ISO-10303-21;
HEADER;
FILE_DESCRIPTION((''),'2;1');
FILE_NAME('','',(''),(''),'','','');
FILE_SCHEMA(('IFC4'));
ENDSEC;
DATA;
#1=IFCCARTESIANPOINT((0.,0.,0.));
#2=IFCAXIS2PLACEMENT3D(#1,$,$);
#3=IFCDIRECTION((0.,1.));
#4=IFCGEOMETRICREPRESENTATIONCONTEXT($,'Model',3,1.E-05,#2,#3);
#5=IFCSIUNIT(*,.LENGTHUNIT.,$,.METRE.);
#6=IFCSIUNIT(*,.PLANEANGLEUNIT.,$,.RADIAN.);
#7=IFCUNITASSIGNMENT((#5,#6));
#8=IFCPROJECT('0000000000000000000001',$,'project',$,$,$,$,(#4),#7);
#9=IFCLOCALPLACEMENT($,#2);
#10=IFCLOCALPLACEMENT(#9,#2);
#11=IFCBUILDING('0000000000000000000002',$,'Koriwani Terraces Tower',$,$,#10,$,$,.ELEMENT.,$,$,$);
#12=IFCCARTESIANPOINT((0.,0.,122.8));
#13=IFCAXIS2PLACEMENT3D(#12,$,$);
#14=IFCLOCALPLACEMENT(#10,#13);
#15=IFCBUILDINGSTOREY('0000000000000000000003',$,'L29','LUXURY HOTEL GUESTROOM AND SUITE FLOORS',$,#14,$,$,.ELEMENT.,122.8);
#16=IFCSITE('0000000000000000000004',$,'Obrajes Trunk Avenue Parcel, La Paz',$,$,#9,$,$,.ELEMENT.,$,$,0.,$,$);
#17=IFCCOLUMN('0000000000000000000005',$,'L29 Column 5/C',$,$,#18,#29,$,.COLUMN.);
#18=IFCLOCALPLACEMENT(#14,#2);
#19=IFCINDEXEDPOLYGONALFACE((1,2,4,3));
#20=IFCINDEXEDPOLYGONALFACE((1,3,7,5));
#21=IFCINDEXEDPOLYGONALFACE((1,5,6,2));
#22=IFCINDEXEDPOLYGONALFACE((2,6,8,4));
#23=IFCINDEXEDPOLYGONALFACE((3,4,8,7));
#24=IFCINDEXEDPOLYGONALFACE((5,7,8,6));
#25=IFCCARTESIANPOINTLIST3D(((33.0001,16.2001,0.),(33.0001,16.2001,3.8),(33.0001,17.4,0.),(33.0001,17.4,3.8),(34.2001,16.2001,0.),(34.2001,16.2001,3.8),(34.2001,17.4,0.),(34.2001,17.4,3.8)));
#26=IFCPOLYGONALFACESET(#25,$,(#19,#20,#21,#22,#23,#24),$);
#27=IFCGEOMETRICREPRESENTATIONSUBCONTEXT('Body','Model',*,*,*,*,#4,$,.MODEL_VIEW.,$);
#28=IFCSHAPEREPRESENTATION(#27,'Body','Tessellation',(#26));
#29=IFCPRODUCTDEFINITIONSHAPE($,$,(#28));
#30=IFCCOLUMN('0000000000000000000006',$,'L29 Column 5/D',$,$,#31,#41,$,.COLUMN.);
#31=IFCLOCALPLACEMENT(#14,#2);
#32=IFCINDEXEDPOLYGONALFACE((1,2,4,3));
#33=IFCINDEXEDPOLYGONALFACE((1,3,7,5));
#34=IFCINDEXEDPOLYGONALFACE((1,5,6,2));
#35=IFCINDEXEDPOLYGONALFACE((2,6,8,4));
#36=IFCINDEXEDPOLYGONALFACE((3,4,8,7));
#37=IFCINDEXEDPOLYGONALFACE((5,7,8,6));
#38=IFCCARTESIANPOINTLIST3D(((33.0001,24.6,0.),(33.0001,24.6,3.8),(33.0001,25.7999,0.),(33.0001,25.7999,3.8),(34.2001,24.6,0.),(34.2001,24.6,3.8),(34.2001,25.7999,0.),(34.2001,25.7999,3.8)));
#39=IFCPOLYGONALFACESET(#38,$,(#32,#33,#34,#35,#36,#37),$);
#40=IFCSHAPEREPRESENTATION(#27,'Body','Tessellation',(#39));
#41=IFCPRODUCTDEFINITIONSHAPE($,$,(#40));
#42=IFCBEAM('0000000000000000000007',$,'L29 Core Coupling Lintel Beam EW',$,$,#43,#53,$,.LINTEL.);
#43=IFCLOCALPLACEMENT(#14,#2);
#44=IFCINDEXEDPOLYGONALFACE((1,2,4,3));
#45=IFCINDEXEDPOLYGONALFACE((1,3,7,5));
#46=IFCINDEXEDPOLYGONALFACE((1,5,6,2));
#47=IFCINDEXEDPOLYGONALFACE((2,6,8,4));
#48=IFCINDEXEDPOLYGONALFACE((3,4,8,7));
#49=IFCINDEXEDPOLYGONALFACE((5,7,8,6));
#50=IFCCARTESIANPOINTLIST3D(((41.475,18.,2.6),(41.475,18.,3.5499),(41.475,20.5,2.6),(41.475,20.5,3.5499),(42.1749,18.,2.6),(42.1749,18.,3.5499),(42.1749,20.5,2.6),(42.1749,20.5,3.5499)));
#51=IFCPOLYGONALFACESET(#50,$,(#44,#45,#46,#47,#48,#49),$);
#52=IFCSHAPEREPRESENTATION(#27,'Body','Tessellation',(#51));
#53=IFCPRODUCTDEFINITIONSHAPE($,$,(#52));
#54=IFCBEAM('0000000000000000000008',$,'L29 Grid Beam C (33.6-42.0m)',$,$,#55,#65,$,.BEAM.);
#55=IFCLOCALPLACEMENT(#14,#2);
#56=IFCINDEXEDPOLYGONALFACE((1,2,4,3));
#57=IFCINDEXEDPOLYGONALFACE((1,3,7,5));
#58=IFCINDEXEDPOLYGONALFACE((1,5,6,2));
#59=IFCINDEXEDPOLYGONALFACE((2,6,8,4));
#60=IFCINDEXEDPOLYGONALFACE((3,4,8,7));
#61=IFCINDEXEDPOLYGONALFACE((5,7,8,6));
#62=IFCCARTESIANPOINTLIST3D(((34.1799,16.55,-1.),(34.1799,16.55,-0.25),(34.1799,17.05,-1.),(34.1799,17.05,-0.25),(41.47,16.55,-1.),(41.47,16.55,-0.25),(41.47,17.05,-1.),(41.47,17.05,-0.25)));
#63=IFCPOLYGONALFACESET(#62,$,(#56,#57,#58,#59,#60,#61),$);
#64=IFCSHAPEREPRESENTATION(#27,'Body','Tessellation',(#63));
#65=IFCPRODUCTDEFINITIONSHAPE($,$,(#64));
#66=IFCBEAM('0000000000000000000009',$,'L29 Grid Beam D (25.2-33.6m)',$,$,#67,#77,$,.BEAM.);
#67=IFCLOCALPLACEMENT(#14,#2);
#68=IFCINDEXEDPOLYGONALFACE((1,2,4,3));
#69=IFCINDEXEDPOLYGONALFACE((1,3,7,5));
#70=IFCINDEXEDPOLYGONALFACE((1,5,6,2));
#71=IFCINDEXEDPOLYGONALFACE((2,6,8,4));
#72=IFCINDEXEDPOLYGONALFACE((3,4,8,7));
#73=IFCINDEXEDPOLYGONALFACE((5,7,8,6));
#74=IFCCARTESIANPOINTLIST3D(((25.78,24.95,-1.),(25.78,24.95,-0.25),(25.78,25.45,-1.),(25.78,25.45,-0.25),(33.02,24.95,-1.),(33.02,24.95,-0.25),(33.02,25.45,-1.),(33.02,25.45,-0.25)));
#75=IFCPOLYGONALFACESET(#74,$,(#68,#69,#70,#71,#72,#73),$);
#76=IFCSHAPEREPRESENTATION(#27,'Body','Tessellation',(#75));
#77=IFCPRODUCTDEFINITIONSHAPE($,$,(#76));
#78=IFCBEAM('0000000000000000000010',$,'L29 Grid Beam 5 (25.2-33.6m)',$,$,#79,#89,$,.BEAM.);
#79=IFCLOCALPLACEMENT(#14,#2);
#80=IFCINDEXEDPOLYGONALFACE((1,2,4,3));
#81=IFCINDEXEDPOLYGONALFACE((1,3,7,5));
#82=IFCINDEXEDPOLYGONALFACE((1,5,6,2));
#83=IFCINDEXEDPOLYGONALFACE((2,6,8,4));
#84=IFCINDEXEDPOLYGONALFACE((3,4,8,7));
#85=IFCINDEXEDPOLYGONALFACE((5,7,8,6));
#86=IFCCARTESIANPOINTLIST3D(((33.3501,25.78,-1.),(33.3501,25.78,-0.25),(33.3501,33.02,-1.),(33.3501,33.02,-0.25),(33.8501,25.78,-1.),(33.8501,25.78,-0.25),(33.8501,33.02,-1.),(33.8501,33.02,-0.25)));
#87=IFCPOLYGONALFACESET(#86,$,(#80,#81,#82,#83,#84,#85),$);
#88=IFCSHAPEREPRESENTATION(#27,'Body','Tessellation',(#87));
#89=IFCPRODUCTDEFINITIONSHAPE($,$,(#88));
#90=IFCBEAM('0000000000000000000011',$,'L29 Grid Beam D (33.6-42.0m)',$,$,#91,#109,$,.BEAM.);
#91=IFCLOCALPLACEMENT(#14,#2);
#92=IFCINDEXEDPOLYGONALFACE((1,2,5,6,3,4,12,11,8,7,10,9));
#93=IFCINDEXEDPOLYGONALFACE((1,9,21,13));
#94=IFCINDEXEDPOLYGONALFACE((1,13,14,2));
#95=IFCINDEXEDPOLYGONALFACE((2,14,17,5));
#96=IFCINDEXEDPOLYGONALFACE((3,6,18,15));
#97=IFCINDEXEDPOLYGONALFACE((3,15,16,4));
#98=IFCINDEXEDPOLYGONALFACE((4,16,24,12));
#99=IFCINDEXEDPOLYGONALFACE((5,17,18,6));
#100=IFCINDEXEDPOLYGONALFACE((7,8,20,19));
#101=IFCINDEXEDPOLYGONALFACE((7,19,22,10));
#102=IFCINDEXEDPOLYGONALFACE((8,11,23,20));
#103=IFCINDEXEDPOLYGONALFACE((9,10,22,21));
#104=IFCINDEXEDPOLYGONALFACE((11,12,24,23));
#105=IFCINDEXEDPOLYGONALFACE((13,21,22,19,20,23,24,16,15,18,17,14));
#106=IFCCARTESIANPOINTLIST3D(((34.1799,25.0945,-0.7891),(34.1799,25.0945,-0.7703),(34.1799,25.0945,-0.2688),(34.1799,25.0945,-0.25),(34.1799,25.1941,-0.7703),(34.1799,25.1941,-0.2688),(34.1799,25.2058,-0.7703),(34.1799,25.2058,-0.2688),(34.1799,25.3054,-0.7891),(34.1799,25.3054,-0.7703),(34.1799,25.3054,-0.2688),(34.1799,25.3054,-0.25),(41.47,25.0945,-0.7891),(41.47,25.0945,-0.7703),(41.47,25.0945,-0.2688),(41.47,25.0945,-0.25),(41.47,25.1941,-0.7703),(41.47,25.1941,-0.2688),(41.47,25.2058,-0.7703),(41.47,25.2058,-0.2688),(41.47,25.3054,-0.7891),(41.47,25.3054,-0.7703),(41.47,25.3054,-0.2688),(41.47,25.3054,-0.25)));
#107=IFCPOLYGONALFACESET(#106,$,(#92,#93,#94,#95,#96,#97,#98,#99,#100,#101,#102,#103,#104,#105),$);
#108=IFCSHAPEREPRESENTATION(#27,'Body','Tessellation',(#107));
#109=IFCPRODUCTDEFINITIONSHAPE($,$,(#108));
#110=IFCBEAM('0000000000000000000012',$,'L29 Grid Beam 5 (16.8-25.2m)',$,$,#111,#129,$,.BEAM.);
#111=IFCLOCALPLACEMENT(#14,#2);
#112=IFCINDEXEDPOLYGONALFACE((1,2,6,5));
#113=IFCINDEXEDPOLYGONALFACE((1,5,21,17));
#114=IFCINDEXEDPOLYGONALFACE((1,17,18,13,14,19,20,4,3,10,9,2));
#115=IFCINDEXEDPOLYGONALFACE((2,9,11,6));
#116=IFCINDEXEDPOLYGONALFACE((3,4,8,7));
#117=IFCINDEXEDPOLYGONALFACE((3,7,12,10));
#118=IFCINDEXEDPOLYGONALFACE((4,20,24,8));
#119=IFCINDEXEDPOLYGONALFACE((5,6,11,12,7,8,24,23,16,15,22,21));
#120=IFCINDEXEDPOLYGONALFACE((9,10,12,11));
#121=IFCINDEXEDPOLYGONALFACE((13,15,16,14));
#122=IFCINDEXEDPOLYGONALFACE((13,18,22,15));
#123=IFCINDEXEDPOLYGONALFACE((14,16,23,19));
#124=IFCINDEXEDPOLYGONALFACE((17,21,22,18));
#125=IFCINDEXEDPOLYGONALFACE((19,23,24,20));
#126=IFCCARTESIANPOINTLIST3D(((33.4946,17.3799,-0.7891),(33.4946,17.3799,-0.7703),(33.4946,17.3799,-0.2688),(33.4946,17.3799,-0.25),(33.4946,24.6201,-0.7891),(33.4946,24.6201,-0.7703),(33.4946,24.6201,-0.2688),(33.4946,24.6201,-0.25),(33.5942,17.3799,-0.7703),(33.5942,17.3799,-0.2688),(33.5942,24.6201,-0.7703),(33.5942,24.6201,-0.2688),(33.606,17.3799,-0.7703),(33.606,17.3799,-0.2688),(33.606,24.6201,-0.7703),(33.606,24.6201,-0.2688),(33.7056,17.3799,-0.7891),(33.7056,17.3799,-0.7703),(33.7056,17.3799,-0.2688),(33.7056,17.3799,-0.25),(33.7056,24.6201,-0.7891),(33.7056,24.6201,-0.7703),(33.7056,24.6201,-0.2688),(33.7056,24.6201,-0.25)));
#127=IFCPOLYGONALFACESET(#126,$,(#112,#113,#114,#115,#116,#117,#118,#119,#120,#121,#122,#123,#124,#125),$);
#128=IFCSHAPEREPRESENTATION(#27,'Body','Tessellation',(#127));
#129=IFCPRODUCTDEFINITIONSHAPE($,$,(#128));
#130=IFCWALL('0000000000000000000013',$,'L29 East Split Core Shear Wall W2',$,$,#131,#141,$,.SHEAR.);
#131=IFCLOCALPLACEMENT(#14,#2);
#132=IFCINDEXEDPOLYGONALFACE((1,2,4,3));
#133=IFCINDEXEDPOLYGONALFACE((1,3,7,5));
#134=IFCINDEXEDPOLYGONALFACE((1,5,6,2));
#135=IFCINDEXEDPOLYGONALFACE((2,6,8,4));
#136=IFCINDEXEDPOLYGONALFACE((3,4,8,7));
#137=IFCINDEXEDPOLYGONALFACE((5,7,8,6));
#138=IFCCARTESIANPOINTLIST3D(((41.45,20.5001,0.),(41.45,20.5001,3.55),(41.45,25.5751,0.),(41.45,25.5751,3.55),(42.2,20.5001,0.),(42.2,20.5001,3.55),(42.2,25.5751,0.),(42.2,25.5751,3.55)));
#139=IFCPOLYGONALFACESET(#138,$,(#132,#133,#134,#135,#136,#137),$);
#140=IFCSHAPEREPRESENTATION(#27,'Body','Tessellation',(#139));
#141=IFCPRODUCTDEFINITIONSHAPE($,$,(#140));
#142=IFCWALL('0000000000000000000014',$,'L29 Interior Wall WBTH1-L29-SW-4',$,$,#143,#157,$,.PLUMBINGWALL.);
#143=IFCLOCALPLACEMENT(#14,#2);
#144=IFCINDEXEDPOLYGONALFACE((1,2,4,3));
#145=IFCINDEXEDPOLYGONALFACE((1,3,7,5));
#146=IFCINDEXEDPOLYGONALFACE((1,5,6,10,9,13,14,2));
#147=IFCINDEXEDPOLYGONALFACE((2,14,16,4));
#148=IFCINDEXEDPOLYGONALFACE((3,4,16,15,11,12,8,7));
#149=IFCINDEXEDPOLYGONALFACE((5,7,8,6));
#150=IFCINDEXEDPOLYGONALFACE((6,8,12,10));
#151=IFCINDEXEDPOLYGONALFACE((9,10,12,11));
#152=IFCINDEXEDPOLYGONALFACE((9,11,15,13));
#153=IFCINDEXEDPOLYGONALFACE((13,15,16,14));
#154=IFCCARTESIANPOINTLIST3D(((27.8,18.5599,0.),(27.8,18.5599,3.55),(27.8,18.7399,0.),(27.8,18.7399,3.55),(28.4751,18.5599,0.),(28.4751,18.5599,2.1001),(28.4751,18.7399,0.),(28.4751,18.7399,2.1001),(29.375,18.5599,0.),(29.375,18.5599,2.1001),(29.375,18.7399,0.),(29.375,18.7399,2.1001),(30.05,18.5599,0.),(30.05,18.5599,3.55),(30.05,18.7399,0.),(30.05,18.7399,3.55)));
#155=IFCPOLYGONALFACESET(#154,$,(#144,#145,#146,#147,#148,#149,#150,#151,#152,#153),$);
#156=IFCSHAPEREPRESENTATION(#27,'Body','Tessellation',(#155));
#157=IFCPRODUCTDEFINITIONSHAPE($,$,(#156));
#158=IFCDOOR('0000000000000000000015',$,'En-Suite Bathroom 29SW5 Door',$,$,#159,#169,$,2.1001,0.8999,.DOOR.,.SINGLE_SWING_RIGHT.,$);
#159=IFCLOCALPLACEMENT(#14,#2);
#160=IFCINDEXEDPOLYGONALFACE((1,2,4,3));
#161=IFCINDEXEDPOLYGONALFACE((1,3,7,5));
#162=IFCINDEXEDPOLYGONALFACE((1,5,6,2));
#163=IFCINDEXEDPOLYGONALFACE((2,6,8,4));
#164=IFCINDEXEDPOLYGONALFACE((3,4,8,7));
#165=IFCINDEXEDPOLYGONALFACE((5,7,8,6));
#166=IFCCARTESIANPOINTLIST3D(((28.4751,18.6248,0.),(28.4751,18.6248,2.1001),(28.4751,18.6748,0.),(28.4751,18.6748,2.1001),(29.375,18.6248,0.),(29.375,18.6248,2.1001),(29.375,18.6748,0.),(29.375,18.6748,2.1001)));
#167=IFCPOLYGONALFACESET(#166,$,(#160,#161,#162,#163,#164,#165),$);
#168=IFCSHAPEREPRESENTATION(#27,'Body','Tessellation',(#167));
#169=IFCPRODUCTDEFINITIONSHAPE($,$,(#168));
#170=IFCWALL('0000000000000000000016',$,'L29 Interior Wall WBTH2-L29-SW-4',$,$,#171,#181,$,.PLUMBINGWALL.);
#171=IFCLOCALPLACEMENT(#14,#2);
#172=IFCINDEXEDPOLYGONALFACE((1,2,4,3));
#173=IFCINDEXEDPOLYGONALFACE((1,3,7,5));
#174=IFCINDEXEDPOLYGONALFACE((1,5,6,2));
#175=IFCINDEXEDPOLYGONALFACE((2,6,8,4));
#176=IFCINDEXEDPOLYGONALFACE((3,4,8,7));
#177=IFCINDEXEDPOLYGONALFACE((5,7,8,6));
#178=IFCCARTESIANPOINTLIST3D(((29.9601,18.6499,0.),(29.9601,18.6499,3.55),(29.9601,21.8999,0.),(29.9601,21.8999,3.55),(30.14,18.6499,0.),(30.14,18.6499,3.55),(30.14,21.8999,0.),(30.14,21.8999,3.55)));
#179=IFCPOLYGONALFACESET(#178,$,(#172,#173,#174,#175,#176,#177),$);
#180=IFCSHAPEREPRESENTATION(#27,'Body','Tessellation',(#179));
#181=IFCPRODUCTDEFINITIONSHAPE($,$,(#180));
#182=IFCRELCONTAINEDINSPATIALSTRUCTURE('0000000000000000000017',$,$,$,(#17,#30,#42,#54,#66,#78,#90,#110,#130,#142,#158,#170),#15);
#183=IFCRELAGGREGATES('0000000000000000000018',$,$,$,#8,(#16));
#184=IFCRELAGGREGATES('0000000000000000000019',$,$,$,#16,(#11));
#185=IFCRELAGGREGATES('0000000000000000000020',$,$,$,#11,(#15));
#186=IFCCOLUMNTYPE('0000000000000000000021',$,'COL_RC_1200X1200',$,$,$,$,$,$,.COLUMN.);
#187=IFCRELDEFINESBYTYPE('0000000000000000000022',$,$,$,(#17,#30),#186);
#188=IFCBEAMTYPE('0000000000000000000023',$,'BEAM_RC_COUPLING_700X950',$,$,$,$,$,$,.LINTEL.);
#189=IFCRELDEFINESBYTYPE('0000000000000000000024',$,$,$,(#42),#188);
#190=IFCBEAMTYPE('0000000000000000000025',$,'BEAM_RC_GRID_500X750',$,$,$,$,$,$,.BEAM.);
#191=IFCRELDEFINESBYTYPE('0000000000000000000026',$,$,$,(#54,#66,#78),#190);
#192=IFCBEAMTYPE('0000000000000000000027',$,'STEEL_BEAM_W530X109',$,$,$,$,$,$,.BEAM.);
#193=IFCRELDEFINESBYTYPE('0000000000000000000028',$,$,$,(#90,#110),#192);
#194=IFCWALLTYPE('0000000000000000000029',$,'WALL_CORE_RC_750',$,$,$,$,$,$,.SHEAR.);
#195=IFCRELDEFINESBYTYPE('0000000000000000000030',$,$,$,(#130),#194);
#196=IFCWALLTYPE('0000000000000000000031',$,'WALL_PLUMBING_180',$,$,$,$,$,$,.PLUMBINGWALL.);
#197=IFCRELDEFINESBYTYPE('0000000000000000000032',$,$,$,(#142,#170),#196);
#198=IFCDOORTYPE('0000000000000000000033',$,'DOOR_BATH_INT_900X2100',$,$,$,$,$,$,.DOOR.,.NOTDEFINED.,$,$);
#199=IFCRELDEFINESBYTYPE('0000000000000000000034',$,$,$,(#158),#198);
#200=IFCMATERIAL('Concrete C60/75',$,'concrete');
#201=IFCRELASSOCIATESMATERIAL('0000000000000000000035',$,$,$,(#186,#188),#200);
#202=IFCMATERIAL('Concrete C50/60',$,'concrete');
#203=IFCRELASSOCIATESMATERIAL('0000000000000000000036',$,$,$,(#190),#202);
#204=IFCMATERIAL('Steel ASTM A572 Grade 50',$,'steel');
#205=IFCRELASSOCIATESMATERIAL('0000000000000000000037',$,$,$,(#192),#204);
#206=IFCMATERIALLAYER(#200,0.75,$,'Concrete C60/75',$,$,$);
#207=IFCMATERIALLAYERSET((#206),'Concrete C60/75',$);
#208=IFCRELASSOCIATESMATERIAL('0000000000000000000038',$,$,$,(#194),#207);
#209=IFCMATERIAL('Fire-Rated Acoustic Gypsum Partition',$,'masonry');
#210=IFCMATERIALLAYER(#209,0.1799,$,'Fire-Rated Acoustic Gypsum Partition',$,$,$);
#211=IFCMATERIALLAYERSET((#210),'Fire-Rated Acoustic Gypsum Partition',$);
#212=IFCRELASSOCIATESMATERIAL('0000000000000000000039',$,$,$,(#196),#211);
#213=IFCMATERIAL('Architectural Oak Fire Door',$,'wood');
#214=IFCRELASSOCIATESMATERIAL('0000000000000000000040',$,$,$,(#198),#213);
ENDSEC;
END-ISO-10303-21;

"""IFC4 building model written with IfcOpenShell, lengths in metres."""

from ifc_helpers import new_model, si_unit, direction, frame, frame_2d, origin, origin_2d, place, context, subcontext, project, spatial, rectangle, i_section, extrude, material, layer, layer_set, material_profile, profile_set, type_object, element, fill, save


model = new_model("IFC4")

# Units and contexts
model_context = context("Model", 3, precision=1e-05, world=origin(), true_north=direction((0.0, 1.0)))
body_context = subcontext(model_context, "Body", "Model", "MODEL_VIEW")
ifc_project = project(units=[si_unit("LENGTHUNIT", "METRE"), si_unit("PLANEANGLEUNIT", "RADIAN")], contexts=[model_context])

# Site, building, storey
site_placement = place(None, origin())
site = spatial("IfcSite", under=ifc_project, at=site_placement, Name="Obrajes Trunk Avenue Parcel, La Paz", CompositionType="ELEMENT", RefElevation=0.0)
building_placement = place(site_placement, origin())
building = spatial("IfcBuilding", under=site, at=building_placement, Name="Koriwani Terraces Tower", CompositionType="ELEMENT")
storey_placement = place(building_placement, frame((0.0, 0.0, 122.8)))
storey = spatial("IfcBuildingStorey", under=building, at=storey_placement, Name="L29", Description="LUXURY HOTEL GUESTROOM AND SUITE FLOORS", CompositionType="ELEMENT", Elevation=122.8)

# Columns
ifc_material_1 = material(Name="Concrete C60/75", Category="concrete")
ifc_material_profile_1 = material_profile(ifc_material_1, rectangle(XDim=1.2, YDim=1.2, at=origin_2d()), Name="Concrete C60/75", Category="LoadBearing")
ifc_profile_set_1 = profile_set([ifc_material_profile_1], Name="Concrete C60/75")
column_type = type_object("IfcColumnType", Name="COL_RC_1200X1200", PredefinedType="COLUMN", material=ifc_profile_set_1)
for number, where, z_axis, x_axis, name in (
    (1, (33.6001, 16.8, 0.0), (0.0, 0.0, 1.0), (1.0, 0.0, 0.0), "L29 Column 5/C"),
    (2, (33.6001, 25.2, 0.0), (0.0, 0.0, 1.0), (1.0, 0.0, 0.0), "L29 Column 5/D"),
):
    element("IfcColumn", number, at=place(storey_placement, frame(where, z_axis=z_axis, x_axis=x_axis)), inside=storey, type_object=column_type, Name=name, PredefinedType="COLUMN", context=body_context, shape_type="SweptSolid", body=[
        extrude(rectangle(XDim=1.2, YDim=1.2, at=origin_2d()), origin(), (0.0, 0.0, 1.0), 3.8),
    ])

# Beams
ifc_material_profile_2 = material_profile(ifc_material_1, rectangle(XDim=0.7, YDim=0.95, at=origin_2d()), Name="Concrete C60/75", Category="LoadBearing")
ifc_profile_set_2 = profile_set([ifc_material_profile_2], Name="Concrete C60/75")
beam_type_1 = type_object("IfcBeamType", Name="BEAM_RC_COUPLING_700X950", PredefinedType="LINTEL", material=ifc_profile_set_2)
beam_1_placement = place(storey_placement, frame((41.825, 18.0, 3.075), z_axis=(0.0, 1.0, 0.0), x_axis=(-1.0, 0.0, 0.0)))
element("IfcBeam", 3, at=beam_1_placement, inside=storey, type_object=beam_type_1, Name="L29 Core Coupling Lintel Beam EW", PredefinedType="LINTEL", context=body_context, shape_type="SweptSolid", body=[
    extrude(rectangle(XDim=0.7, YDim=0.95, at=origin_2d()), origin(), (0.0, 0.0, 1.0), 2.5),
])
ifc_material_2 = material(Name="Concrete C50/60", Category="concrete")
ifc_material_profile_3 = material_profile(ifc_material_2, rectangle(XDim=0.5, YDim=0.75, at=origin_2d()), Name="Concrete C50/60", Category="LoadBearing")
ifc_profile_set_3 = profile_set([ifc_material_profile_3], Name="Concrete C50/60")
beam_type_2 = type_object("IfcBeamType", Name="BEAM_RC_GRID_500X750", PredefinedType="BEAM", material=ifc_profile_set_3)
beam_2_placement = place(storey_placement, frame((34.1799, 16.8, -0.625), z_axis=(1.0, 0.0, 0.0), x_axis=(0.0, 1.0, 0.0)))
element("IfcBeam", 4, at=beam_2_placement, inside=storey, type_object=beam_type_2, Name="L29 Grid Beam C (33.6-42.0m)", PredefinedType="BEAM", context=body_context, shape_type="SweptSolid", body=[
    extrude(rectangle(XDim=0.5, YDim=0.75, at=origin_2d()), origin(), (0.0, 0.0, 1.0), 7.29),
])
for number, where, z_axis, x_axis, name in (
    (5, (25.78, 25.2, -0.625), (1.0, 0.0, 0.0), (0.0, 1.0, 0.0), "L29 Grid Beam D (25.2-33.6m)"),
    (6, (33.6001, 25.78, -0.625), (0.0, 1.0, 0.0), (-1.0, 0.0, 0.0), "L29 Grid Beam 5 (25.2-33.6m)"),
):
    element("IfcBeam", number, at=place(storey_placement, frame(where, z_axis=z_axis, x_axis=x_axis)), inside=storey, type_object=beam_type_2, Name=name, PredefinedType="BEAM", context=body_context, shape_type="SweptSolid", body=[
        extrude(rectangle(XDim=0.5, YDim=0.75, at=origin_2d()), origin(), (0.0, 0.0, 1.0), 7.24),
    ])
ifc_material_3 = material(Name="Steel ASTM A572 Grade 50", Category="steel")
ifc_material_profile_4 = material_profile(ifc_material_3, i_section(OverallWidth=0.2109, OverallDepth=0.5391, WebThickness=0.0117, FlangeThickness=0.0188, at=origin_2d()), Name="Steel ASTM A572 Grade 50", Category="LoadBearing")
ifc_profile_set_4 = profile_set([ifc_material_profile_4], Name="Steel ASTM A572 Grade 50")
beam_type_3 = type_object("IfcBeamType", Name="STEEL_BEAM_W530X109", PredefinedType="BEAM", material=ifc_profile_set_4)
beam_3_placement = place(storey_placement, frame((34.1799, 25.2, -0.5195), z_axis=(1.0, 0.0, 0.0), x_axis=(0.0, 1.0, 0.0)))
element("IfcBeam", 7, at=beam_3_placement, inside=storey, type_object=beam_type_3, Name="L29 Grid Beam D (33.6-42.0m)", PredefinedType="BEAM", context=body_context, shape_type="SweptSolid", body=[
    extrude(i_section(OverallWidth=0.2109, OverallDepth=0.5391, WebThickness=0.0117, FlangeThickness=0.0188, at=origin_2d()), origin(), (0.0, 0.0, 1.0), 7.29),
])
beam_4_placement = place(storey_placement, frame((33.6001, 17.3799, -0.5195), z_axis=(0.0, 1.0, 0.0), x_axis=(-1.0, 0.0, 0.0)))
element("IfcBeam", 8, at=beam_4_placement, inside=storey, type_object=beam_type_3, Name="L29 Grid Beam 5 (16.8-25.2m)", PredefinedType="BEAM", context=body_context, shape_type="SweptSolid", body=[
    extrude(i_section(OverallWidth=0.2109, OverallDepth=0.5391, WebThickness=0.0117, FlangeThickness=0.0188, at=origin_2d()), origin(), (0.0, 0.0, 1.0), 7.2402),
])

# Wall
ifc_layer_1 = layer(ifc_material_1, 0.75, Name="Concrete C60/75")
ifc_layer_set_1 = layer_set([ifc_layer_1], Name="Concrete C60/75")
wall_type_1 = type_object("IfcWallType", Name="WALL_CORE_RC_750", PredefinedType="SHEAR", material=ifc_layer_set_1)
wall_1_placement = place(storey_placement, frame((41.825, 20.5, 0.0), z_axis=(0.0, 0.0, 1.0), x_axis=(0.0, 1.0, 0.0)))
element("IfcWall", 9, at=wall_1_placement, inside=storey, type_object=wall_type_1, Name="L29 East Split Core Shear Wall W2", PredefinedType="SHEAR", context=body_context, shape_type="SweptSolid", body=[
    extrude(rectangle(XDim=5.075, YDim=0.75, at=frame_2d((2.5376, 0.0))), origin(), (0.0, 0.0, 1.0), 3.55),
])

# Wall, opening, door
ifc_material_4 = material(Name="Fire-Rated Acoustic Gypsum Partition", Category="masonry")
ifc_layer_2 = layer(ifc_material_4, 0.1799, Name="Fire-Rated Acoustic Gypsum Partition")
ifc_layer_set_2 = layer_set([ifc_layer_2], Name="Fire-Rated Acoustic Gypsum Partition")
wall_type_2 = type_object("IfcWallType", Name="WALL_PLUMBING_180", PredefinedType="PLUMBINGWALL", material=ifc_layer_set_2)
wall_2_placement = place(storey_placement, frame((27.8, 18.6499, 0.0), z_axis=(0.0, 0.0, 1.0), x_axis=(1.0, 0.0, 0.0)))
wall_2 = element("IfcWall", 10, at=wall_2_placement, inside=storey, type_object=wall_type_2, Name="L29 Interior Wall WBTH1-L29-SW-4", PredefinedType="PLUMBINGWALL", context=body_context, shape_type="SweptSolid", body=[
    extrude(rectangle(XDim=2.25, YDim=0.1799, at=frame_2d((1.125, 0.0))), origin(), (0.0, 0.0, 1.0), 3.55),
])
opening_1_placement = place(wall_2_placement, frame((0.675, 0.0, 0.0)))
opening_1 = element("IfcOpeningElement", 11, at=opening_1_placement, cuts=wall_2, PredefinedType="OPENING", context=body_context, shape_type="SweptSolid", body=[
    extrude(rectangle(XDim=0.8999, YDim=2.1001, at=frame_2d((0.45, 1.05))), frame((0.0, 0.1001, 0.0), z_axis=(0.0, -1.0, 0.0), x_axis=(1.0, 0.0, 0.0)), (0.0, 0.0, 1.0), 0.2),
])
ifc_material_5 = material(Name="Architectural Oak Fire Door", Category="wood")
door_type = type_object("IfcDoorType", Name="DOOR_BATH_INT_900X2100", OperationType="NOTDEFINED", PredefinedType="DOOR", material=ifc_material_5)
door_1_placement = place(opening_1_placement, origin())
door_1 = element("IfcDoor", 12, at=door_1_placement, inside=storey, type_object=door_type, Name="En-Suite Bathroom 29SW5 Door", OperationType="SINGLE_SWING_RIGHT", OverallHeight=2.1001, OverallWidth=0.8999, PredefinedType="DOOR", context=body_context, shape_type="SweptSolid", body=[
    extrude(rectangle(XDim=0.8999, YDim=2.1001, at=frame_2d((0.45, 1.05))), frame((0.0, 0.0249, 0.0), z_axis=(0.0, -1.0, 0.0), x_axis=(1.0, 0.0, 0.0)), (0.0, 0.0, 1.0), 0.05),
])
fill(opening_1, door_1)

# Wall
wall_3_placement = place(storey_placement, frame((30.05, 18.6499, 0.0), z_axis=(0.0, 0.0, 1.0), x_axis=(0.0, 1.0, 0.0)))
element("IfcWall", 13, at=wall_3_placement, inside=storey, type_object=wall_type_2, Name="L29 Interior Wall WBTH2-L29-SW-4", PredefinedType="PLUMBINGWALL", context=body_context, shape_type="SweptSolid", body=[
    extrude(rectangle(XDim=3.25, YDim=0.1799, at=frame_2d((1.625, 0.0))), origin(), (0.0, 0.0, 1.0), 3.55),
])

save(model, "model.ifc")
